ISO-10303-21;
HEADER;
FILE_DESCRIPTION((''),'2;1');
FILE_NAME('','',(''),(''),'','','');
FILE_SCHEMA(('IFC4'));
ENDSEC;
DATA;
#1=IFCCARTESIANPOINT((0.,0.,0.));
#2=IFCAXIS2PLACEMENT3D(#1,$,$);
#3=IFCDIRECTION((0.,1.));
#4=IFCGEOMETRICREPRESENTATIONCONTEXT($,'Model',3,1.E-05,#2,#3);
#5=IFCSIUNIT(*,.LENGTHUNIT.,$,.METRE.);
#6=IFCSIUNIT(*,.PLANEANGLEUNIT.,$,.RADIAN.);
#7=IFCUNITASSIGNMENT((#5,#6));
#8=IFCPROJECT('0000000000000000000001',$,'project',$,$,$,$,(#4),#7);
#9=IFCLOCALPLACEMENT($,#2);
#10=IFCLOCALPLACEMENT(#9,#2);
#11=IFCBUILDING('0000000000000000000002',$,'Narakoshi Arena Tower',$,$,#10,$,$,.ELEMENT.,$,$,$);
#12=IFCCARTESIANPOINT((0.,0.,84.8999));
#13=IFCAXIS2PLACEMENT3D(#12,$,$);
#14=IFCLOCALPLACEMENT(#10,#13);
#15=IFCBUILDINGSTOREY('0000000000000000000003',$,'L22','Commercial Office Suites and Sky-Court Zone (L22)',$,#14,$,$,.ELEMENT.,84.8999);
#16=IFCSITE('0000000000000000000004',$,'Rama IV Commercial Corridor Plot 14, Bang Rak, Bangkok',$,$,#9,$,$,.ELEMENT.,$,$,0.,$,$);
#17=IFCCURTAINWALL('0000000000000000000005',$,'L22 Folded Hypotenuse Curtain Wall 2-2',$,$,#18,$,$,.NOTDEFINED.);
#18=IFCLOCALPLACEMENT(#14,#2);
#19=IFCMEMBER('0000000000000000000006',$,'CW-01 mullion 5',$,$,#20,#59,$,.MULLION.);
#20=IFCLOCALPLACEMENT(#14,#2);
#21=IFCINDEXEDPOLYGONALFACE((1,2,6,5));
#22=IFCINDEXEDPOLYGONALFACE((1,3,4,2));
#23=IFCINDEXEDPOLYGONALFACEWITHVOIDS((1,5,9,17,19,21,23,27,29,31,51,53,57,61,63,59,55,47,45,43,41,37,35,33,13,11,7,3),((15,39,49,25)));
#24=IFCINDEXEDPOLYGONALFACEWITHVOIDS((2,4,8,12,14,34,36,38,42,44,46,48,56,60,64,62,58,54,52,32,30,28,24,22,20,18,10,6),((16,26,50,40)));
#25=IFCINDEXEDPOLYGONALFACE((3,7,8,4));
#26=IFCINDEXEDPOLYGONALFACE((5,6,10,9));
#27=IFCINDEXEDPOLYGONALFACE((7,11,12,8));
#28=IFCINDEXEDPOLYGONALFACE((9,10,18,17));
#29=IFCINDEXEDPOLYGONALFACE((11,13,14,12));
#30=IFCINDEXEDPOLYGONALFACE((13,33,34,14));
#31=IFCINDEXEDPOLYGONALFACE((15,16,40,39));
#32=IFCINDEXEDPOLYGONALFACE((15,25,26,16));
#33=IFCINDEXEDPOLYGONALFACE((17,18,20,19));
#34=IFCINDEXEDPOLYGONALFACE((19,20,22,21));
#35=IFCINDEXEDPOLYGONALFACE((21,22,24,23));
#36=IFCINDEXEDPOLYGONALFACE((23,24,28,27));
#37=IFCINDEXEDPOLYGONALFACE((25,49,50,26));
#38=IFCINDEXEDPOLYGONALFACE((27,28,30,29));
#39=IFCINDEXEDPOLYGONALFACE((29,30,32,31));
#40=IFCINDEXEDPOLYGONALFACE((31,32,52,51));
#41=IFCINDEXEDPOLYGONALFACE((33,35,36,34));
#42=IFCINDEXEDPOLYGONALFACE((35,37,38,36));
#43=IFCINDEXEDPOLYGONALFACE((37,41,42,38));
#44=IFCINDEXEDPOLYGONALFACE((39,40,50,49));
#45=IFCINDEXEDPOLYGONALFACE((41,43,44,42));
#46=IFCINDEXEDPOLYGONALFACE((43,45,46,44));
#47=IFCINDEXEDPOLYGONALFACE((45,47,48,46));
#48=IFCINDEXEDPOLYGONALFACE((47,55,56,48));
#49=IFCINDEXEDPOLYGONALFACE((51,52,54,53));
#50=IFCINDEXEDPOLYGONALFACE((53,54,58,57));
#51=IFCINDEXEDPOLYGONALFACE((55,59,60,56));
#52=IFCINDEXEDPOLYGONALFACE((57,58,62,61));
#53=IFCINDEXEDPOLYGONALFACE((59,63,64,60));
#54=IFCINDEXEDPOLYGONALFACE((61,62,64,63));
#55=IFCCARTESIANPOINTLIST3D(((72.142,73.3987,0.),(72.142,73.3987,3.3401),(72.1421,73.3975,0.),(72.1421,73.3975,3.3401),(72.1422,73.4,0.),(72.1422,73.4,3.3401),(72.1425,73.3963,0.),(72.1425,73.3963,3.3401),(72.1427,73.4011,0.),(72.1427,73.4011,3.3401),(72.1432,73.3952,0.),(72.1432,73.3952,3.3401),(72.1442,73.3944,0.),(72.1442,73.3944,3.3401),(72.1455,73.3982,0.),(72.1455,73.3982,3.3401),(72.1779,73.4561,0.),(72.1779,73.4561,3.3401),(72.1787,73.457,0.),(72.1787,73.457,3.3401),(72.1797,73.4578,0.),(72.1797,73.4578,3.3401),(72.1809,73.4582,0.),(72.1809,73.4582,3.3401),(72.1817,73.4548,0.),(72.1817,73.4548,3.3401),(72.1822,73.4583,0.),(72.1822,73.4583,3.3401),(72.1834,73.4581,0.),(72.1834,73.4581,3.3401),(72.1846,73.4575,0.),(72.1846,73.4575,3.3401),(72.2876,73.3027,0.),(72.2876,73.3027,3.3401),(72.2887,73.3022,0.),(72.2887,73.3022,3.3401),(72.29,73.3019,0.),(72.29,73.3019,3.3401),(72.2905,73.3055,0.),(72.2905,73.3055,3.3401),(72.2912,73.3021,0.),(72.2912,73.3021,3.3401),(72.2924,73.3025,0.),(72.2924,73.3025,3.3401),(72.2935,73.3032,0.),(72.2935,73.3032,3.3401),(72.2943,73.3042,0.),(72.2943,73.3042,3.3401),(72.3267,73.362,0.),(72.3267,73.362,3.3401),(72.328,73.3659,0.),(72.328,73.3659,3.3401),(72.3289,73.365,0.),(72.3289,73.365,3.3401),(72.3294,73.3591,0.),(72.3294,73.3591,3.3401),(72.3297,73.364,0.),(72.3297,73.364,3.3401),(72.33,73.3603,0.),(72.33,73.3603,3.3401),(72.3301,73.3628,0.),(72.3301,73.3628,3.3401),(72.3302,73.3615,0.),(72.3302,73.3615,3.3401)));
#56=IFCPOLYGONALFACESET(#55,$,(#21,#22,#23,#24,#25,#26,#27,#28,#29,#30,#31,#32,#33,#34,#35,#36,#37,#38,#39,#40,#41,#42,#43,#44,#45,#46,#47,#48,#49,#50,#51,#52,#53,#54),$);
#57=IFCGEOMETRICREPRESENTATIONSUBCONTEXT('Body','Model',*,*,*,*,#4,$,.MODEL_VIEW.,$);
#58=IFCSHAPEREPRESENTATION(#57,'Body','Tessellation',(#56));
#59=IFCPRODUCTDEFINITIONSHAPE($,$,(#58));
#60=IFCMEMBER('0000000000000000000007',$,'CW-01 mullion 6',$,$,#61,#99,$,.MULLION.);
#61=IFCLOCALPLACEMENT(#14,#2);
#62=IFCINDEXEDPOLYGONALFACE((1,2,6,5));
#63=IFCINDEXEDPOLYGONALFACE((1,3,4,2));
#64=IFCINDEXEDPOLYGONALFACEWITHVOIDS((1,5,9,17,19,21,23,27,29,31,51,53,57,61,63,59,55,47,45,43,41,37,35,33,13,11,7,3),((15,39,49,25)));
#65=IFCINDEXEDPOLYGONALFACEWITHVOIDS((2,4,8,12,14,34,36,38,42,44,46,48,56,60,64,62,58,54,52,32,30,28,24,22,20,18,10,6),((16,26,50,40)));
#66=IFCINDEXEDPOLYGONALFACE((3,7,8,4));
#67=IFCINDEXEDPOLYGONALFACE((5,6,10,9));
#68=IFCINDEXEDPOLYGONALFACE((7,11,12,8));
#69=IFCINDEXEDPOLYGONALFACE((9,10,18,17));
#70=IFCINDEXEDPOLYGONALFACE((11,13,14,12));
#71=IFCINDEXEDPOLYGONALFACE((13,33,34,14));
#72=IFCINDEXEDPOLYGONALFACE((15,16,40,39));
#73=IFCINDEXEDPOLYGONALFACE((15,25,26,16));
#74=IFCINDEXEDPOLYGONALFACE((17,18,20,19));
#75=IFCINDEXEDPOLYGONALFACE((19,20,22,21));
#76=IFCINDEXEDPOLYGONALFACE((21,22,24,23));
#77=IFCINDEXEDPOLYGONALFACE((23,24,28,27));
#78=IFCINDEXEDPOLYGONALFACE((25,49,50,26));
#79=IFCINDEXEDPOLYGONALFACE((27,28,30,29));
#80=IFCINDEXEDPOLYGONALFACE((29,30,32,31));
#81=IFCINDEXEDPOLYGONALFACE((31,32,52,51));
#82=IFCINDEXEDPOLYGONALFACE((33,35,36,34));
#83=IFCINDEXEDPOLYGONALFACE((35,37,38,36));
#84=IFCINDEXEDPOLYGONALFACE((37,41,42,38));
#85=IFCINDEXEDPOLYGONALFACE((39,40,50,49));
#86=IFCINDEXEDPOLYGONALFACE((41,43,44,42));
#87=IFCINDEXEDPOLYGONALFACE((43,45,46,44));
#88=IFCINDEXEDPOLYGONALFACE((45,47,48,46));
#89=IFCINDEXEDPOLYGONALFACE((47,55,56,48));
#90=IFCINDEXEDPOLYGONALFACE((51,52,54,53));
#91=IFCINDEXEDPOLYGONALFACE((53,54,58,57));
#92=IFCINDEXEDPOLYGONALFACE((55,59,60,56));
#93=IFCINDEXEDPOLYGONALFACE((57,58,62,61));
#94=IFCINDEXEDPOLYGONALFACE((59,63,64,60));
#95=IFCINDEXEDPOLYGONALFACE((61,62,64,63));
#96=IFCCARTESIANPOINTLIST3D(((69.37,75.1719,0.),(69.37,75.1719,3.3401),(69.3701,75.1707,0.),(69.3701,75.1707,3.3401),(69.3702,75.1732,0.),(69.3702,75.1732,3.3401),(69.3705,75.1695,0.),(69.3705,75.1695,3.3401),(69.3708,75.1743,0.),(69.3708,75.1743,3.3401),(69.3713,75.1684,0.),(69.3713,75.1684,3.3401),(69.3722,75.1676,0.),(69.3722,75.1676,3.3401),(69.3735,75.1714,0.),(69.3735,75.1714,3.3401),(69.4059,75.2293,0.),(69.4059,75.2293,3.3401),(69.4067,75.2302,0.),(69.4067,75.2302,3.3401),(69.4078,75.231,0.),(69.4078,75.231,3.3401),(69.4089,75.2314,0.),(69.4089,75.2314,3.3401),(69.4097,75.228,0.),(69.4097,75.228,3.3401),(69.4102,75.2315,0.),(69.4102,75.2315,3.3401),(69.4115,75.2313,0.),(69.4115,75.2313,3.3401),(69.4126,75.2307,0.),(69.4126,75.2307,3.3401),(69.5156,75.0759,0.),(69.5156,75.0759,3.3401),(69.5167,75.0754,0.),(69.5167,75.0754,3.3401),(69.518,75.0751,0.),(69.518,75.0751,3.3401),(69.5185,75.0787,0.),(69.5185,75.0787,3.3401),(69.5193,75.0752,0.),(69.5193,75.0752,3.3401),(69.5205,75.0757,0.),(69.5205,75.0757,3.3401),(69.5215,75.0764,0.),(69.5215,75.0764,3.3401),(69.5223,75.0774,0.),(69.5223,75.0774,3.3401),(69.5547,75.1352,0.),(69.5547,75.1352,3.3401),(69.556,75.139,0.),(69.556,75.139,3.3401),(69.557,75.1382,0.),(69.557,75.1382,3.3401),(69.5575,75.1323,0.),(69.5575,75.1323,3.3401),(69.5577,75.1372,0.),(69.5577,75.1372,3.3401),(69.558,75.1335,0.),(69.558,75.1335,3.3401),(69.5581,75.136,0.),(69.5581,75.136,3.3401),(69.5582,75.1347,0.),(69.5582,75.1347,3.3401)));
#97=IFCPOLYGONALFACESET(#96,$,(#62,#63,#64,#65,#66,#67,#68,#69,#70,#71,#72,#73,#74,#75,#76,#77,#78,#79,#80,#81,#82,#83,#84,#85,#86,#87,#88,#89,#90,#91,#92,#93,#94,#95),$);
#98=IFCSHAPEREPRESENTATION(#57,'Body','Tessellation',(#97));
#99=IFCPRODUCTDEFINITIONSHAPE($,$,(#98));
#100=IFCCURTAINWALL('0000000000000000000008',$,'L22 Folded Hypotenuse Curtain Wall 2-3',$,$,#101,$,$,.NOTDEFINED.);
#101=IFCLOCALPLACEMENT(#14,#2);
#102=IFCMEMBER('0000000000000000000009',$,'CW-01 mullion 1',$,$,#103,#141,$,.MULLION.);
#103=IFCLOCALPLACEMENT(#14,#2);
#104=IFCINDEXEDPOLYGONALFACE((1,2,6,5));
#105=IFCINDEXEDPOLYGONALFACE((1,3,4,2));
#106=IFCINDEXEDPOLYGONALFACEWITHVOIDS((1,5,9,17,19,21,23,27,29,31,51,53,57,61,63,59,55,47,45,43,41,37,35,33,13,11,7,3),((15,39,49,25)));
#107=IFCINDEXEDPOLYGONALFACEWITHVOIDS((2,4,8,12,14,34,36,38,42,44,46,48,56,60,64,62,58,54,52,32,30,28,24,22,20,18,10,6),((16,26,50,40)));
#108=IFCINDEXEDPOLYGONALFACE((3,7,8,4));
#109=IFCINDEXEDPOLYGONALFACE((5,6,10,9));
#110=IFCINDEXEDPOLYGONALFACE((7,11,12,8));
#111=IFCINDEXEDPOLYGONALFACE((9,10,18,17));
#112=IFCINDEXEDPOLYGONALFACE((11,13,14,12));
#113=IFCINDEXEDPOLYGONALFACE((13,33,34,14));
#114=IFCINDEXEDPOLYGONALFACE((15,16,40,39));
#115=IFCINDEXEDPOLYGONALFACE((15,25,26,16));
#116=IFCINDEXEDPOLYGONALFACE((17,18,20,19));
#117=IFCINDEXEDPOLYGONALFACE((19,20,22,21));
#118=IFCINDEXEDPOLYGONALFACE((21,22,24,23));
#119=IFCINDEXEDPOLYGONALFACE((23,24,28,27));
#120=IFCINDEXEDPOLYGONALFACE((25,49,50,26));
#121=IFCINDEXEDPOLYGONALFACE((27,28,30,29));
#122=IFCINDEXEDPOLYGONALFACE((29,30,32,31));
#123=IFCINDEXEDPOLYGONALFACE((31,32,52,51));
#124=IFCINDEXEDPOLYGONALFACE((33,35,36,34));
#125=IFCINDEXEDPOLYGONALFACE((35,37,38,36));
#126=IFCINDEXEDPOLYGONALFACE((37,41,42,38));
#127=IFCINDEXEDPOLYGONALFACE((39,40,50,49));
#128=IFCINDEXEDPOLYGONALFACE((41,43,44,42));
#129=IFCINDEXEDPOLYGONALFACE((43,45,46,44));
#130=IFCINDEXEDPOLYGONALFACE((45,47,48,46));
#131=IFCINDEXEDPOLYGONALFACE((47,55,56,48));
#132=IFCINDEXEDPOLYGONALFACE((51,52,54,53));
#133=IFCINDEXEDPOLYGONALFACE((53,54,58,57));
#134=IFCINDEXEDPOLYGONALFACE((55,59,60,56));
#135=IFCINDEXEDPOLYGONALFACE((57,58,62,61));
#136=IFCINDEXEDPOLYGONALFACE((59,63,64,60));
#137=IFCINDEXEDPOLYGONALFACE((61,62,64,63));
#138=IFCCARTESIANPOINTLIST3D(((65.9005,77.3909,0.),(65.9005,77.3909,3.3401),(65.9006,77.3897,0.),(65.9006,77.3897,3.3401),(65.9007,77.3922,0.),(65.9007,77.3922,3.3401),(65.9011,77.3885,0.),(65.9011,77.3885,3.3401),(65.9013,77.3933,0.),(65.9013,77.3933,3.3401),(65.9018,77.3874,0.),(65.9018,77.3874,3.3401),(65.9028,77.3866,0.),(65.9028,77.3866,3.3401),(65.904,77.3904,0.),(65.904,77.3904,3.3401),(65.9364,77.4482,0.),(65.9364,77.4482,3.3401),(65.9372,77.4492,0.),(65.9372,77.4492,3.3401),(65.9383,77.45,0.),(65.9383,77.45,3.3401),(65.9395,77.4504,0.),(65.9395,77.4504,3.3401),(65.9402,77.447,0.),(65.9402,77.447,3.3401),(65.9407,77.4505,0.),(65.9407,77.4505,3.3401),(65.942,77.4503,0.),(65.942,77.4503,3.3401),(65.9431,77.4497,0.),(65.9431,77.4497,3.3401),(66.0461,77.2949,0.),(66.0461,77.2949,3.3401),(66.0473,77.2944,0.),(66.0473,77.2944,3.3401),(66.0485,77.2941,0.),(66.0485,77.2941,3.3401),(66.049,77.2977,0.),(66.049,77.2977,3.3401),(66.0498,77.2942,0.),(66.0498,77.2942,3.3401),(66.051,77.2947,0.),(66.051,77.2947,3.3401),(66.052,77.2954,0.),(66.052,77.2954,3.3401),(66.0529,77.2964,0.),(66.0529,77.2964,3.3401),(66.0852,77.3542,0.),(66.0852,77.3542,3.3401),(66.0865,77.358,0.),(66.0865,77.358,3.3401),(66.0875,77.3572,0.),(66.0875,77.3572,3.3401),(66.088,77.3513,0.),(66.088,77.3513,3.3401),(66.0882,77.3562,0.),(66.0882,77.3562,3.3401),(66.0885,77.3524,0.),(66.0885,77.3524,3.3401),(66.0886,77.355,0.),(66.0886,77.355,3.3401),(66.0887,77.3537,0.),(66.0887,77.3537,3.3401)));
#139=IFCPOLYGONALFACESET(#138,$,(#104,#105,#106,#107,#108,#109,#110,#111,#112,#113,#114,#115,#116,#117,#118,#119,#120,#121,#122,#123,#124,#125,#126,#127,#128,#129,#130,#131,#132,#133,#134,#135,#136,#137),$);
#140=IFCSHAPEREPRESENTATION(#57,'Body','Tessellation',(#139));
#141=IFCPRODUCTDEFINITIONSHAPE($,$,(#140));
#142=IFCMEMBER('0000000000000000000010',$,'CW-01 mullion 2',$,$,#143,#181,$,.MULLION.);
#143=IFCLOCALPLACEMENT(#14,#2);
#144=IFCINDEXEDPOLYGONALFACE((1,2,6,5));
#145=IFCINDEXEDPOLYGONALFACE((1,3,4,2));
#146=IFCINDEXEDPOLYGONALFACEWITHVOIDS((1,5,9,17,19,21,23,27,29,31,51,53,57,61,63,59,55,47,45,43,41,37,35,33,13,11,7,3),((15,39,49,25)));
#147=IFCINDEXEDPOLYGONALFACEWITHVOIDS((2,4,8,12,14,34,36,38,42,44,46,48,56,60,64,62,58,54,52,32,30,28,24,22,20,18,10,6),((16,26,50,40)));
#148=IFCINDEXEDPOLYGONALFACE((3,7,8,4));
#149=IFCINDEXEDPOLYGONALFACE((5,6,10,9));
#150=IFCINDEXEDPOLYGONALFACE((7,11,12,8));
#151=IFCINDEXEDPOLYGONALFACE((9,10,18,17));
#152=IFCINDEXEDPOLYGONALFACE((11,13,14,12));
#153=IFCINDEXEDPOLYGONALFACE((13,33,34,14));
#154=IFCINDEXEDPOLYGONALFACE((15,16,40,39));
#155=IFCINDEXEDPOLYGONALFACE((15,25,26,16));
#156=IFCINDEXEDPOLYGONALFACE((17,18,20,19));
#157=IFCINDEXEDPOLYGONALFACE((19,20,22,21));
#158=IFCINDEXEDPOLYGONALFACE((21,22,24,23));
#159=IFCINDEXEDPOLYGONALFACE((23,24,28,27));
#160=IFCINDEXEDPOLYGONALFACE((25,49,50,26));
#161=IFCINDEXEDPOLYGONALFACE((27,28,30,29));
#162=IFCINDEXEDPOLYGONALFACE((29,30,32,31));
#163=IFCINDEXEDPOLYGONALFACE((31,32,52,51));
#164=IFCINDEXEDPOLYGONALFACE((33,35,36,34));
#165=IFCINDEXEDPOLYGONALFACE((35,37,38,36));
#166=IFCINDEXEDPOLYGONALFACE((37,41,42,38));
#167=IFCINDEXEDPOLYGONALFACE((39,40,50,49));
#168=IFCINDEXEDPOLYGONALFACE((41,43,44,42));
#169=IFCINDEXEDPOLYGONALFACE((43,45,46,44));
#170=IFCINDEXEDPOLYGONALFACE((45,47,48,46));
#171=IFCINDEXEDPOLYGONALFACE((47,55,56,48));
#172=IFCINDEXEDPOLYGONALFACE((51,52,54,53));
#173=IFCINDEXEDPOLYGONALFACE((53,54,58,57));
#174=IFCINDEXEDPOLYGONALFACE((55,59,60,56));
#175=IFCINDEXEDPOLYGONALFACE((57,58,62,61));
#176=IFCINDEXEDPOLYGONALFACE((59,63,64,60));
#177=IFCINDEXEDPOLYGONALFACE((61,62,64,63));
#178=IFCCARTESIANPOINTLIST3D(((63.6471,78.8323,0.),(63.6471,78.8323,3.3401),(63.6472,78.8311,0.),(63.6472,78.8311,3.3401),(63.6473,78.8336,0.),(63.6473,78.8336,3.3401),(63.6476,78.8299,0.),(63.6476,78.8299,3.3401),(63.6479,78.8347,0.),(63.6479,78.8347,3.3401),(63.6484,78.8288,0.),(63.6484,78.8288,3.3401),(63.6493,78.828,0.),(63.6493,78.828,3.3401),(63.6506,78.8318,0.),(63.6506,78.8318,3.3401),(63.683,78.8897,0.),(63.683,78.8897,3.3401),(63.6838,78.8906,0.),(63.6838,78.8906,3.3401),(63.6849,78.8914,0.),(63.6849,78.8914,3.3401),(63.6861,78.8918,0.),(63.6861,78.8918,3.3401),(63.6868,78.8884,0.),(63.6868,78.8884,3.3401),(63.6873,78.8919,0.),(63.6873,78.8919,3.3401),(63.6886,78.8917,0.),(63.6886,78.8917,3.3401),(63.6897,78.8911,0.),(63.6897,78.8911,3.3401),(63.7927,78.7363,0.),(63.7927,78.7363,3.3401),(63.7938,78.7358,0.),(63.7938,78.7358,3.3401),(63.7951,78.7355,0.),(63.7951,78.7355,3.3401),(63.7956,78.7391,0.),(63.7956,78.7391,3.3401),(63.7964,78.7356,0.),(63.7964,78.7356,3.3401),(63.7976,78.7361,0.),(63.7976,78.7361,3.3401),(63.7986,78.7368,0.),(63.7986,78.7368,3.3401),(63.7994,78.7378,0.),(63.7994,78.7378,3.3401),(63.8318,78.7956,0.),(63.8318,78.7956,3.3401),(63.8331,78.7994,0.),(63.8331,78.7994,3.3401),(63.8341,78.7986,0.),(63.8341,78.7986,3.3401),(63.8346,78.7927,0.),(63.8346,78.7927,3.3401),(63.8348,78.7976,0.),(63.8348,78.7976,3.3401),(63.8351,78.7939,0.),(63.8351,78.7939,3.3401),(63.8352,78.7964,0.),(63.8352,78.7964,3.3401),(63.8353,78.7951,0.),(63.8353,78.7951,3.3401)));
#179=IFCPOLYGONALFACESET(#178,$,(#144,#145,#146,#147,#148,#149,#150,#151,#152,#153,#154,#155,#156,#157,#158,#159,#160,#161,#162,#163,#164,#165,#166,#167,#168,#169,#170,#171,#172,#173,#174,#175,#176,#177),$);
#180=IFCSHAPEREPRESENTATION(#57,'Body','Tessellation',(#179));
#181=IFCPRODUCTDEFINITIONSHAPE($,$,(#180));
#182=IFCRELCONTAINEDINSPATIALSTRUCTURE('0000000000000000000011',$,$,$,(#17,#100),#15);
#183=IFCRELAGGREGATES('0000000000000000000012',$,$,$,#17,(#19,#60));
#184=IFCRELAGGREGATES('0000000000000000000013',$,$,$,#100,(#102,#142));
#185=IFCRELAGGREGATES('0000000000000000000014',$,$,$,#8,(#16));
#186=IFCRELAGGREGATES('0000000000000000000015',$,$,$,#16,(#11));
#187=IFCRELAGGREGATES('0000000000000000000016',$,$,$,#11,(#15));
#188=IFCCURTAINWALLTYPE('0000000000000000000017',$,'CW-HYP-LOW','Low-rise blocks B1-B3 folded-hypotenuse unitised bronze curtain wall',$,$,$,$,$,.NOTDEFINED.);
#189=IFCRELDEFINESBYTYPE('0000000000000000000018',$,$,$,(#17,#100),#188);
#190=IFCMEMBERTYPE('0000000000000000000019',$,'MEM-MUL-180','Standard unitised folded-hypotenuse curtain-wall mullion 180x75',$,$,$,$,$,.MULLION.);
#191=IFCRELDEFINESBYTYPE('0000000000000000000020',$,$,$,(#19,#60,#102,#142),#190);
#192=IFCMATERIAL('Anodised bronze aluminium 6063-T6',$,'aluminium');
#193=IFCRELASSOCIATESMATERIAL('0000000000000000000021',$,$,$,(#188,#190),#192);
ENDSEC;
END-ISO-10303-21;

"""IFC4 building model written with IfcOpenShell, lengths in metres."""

from ifc_helpers import new_model, si_unit, direction, frame, origin, origin_2d, place, context, subcontext, project, spatial, hollow_rectangle, extrude, material, material_profile, profile_set, type_object, element, aggregate, save


model = new_model("IFC4")

# Units and contexts
model_context = context("Model", 3, precision=1e-05, world=origin(), true_north=direction((0.0, 1.0)))
body_context = subcontext(model_context, "Body", "Model", "MODEL_VIEW")
ifc_project = project(units=[si_unit("LENGTHUNIT", "METRE"), si_unit("PLANEANGLEUNIT", "RADIAN")], contexts=[model_context])

# Site, building, storey
site_placement = place(None, origin())
site = spatial("IfcSite", under=ifc_project, at=site_placement, Name="Rama IV Commercial Corridor Plot 14, Bang Rak, Bangkok", CompositionType="ELEMENT", RefElevation=0.0)
building_placement = place(site_placement, origin())
building = spatial("IfcBuilding", under=site, at=building_placement, Name="Narakoshi Arena Tower", CompositionType="ELEMENT")
storey_placement = place(building_placement, frame((0.0, 0.0, 84.8999)))
storey = spatial("IfcBuildingStorey", under=building, at=storey_placement, Name="L22", Description="Commercial Office Suites and Sky-Court Zone (L22)", CompositionType="ELEMENT", Elevation=84.8999)

# Curtain walls, members
ifc_material_1 = material(Name="Anodised bronze aluminium 6063-T6", Category="aluminium")
curtain_wall_type = type_object("IfcCurtainWallType", Name="CW-HYP-LOW", Description="Low-rise blocks B1-B3 folded-hypotenuse unitised bronze curtain wall", PredefinedType="NOTDEFINED", material=ifc_material_1)
curtain_wall_1_placement = place(storey_placement, origin())
curtain_wall_1 = element("IfcCurtainWall", 1, at=curtain_wall_1_placement, inside=storey, type_object=curtain_wall_type, Name="L22 Folded Hypotenuse Curtain Wall 2-2", PredefinedType="NOTDEFINED")
ifc_material_profile_1 = material_profile(ifc_material_1, hollow_rectangle(XDim=0.075, YDim=0.1799, WallThickness=0.0039, OuterFilletRadius=0.0049, at=origin_2d()), Name="MUL180x75x4")
ifc_profile_set_1 = profile_set([ifc_material_profile_1], Name="Anodised bronze aluminium 6063-T6")
member_type_1 = type_object("IfcMemberType", Name="MEM-MUL-180", Description="Standard unitised folded-hypotenuse curtain-wall mullion 180x75", PredefinedType="MULLION", material=ifc_profile_set_1)
member_1_placement = place(storey_placement, frame((72.2361, 73.3801, 0.0), z_axis=(0.0, 0.0, 1.0), x_axis=(-0.538829, -0.842415, 0.0)))
member_1 = element("IfcMember", 2, at=member_1_placement, type_object=member_type_1, Name="CW-01 mullion 5", PredefinedType="MULLION", context=body_context, shape_type="SweptSolid", body=[
    extrude(hollow_rectangle(XDim=0.075, YDim=0.1799, WallThickness=0.0039, OuterFilletRadius=0.0049, at=origin_2d()), origin(), (0.0, 0.0, 1.0), 3.3401),
])
member_2_placement = place(storey_placement, frame((69.4641, 75.1533, 0.0), z_axis=(0.0, 0.0, 1.0), x_axis=(-0.538829, -0.842415, 0.0)))
member_2 = element("IfcMember", 3, at=member_2_placement, type_object=member_type_1, Name="CW-01 mullion 6", PredefinedType="MULLION", context=body_context, shape_type="SweptSolid", body=[
    extrude(hollow_rectangle(XDim=0.075, YDim=0.1799, WallThickness=0.0039, OuterFilletRadius=0.0049, at=origin_2d()), origin(), (0.0, 0.0, 1.0), 3.3401),
])
curtain_wall_2_placement = place(storey_placement, origin())
curtain_wall_2 = element("IfcCurtainWall", 4, at=curtain_wall_2_placement, inside=storey, type_object=curtain_wall_type, Name="L22 Folded Hypotenuse Curtain Wall 2-3", PredefinedType="NOTDEFINED")
member_3_placement = place(storey_placement, frame((65.9946, 77.3723, 0.0), z_axis=(0.0, 0.0, 1.0), x_axis=(-0.538841, -0.842407, 0.0)))
member_3 = element("IfcMember", 5, at=member_3_placement, type_object=member_type_1, Name="CW-01 mullion 1", PredefinedType="MULLION", context=body_context, shape_type="SweptSolid", body=[
    extrude(hollow_rectangle(XDim=0.075, YDim=0.1799, WallThickness=0.0039, OuterFilletRadius=0.0049, at=origin_2d()), origin(), (0.0, 0.0, 1.0), 3.3401),
])
member_4_placement = place(storey_placement, frame((63.7412, 78.8137, 0.0), z_axis=(0.0, 0.0, 1.0), x_axis=(-0.538841, -0.842407, 0.0)))
member_4 = element("IfcMember", 6, at=member_4_placement, type_object=member_type_1, Name="CW-01 mullion 2", PredefinedType="MULLION", context=body_context, shape_type="SweptSolid", body=[
    extrude(hollow_rectangle(XDim=0.075, YDim=0.1799, WallThickness=0.0039, OuterFilletRadius=0.0049, at=origin_2d()), origin(), (0.0, 0.0, 1.0), 3.3401),
])

aggregate(curtain_wall_1, [member_1, member_2])
aggregate(curtain_wall_2, [member_3, member_4])

save(model, "model.ifc")
